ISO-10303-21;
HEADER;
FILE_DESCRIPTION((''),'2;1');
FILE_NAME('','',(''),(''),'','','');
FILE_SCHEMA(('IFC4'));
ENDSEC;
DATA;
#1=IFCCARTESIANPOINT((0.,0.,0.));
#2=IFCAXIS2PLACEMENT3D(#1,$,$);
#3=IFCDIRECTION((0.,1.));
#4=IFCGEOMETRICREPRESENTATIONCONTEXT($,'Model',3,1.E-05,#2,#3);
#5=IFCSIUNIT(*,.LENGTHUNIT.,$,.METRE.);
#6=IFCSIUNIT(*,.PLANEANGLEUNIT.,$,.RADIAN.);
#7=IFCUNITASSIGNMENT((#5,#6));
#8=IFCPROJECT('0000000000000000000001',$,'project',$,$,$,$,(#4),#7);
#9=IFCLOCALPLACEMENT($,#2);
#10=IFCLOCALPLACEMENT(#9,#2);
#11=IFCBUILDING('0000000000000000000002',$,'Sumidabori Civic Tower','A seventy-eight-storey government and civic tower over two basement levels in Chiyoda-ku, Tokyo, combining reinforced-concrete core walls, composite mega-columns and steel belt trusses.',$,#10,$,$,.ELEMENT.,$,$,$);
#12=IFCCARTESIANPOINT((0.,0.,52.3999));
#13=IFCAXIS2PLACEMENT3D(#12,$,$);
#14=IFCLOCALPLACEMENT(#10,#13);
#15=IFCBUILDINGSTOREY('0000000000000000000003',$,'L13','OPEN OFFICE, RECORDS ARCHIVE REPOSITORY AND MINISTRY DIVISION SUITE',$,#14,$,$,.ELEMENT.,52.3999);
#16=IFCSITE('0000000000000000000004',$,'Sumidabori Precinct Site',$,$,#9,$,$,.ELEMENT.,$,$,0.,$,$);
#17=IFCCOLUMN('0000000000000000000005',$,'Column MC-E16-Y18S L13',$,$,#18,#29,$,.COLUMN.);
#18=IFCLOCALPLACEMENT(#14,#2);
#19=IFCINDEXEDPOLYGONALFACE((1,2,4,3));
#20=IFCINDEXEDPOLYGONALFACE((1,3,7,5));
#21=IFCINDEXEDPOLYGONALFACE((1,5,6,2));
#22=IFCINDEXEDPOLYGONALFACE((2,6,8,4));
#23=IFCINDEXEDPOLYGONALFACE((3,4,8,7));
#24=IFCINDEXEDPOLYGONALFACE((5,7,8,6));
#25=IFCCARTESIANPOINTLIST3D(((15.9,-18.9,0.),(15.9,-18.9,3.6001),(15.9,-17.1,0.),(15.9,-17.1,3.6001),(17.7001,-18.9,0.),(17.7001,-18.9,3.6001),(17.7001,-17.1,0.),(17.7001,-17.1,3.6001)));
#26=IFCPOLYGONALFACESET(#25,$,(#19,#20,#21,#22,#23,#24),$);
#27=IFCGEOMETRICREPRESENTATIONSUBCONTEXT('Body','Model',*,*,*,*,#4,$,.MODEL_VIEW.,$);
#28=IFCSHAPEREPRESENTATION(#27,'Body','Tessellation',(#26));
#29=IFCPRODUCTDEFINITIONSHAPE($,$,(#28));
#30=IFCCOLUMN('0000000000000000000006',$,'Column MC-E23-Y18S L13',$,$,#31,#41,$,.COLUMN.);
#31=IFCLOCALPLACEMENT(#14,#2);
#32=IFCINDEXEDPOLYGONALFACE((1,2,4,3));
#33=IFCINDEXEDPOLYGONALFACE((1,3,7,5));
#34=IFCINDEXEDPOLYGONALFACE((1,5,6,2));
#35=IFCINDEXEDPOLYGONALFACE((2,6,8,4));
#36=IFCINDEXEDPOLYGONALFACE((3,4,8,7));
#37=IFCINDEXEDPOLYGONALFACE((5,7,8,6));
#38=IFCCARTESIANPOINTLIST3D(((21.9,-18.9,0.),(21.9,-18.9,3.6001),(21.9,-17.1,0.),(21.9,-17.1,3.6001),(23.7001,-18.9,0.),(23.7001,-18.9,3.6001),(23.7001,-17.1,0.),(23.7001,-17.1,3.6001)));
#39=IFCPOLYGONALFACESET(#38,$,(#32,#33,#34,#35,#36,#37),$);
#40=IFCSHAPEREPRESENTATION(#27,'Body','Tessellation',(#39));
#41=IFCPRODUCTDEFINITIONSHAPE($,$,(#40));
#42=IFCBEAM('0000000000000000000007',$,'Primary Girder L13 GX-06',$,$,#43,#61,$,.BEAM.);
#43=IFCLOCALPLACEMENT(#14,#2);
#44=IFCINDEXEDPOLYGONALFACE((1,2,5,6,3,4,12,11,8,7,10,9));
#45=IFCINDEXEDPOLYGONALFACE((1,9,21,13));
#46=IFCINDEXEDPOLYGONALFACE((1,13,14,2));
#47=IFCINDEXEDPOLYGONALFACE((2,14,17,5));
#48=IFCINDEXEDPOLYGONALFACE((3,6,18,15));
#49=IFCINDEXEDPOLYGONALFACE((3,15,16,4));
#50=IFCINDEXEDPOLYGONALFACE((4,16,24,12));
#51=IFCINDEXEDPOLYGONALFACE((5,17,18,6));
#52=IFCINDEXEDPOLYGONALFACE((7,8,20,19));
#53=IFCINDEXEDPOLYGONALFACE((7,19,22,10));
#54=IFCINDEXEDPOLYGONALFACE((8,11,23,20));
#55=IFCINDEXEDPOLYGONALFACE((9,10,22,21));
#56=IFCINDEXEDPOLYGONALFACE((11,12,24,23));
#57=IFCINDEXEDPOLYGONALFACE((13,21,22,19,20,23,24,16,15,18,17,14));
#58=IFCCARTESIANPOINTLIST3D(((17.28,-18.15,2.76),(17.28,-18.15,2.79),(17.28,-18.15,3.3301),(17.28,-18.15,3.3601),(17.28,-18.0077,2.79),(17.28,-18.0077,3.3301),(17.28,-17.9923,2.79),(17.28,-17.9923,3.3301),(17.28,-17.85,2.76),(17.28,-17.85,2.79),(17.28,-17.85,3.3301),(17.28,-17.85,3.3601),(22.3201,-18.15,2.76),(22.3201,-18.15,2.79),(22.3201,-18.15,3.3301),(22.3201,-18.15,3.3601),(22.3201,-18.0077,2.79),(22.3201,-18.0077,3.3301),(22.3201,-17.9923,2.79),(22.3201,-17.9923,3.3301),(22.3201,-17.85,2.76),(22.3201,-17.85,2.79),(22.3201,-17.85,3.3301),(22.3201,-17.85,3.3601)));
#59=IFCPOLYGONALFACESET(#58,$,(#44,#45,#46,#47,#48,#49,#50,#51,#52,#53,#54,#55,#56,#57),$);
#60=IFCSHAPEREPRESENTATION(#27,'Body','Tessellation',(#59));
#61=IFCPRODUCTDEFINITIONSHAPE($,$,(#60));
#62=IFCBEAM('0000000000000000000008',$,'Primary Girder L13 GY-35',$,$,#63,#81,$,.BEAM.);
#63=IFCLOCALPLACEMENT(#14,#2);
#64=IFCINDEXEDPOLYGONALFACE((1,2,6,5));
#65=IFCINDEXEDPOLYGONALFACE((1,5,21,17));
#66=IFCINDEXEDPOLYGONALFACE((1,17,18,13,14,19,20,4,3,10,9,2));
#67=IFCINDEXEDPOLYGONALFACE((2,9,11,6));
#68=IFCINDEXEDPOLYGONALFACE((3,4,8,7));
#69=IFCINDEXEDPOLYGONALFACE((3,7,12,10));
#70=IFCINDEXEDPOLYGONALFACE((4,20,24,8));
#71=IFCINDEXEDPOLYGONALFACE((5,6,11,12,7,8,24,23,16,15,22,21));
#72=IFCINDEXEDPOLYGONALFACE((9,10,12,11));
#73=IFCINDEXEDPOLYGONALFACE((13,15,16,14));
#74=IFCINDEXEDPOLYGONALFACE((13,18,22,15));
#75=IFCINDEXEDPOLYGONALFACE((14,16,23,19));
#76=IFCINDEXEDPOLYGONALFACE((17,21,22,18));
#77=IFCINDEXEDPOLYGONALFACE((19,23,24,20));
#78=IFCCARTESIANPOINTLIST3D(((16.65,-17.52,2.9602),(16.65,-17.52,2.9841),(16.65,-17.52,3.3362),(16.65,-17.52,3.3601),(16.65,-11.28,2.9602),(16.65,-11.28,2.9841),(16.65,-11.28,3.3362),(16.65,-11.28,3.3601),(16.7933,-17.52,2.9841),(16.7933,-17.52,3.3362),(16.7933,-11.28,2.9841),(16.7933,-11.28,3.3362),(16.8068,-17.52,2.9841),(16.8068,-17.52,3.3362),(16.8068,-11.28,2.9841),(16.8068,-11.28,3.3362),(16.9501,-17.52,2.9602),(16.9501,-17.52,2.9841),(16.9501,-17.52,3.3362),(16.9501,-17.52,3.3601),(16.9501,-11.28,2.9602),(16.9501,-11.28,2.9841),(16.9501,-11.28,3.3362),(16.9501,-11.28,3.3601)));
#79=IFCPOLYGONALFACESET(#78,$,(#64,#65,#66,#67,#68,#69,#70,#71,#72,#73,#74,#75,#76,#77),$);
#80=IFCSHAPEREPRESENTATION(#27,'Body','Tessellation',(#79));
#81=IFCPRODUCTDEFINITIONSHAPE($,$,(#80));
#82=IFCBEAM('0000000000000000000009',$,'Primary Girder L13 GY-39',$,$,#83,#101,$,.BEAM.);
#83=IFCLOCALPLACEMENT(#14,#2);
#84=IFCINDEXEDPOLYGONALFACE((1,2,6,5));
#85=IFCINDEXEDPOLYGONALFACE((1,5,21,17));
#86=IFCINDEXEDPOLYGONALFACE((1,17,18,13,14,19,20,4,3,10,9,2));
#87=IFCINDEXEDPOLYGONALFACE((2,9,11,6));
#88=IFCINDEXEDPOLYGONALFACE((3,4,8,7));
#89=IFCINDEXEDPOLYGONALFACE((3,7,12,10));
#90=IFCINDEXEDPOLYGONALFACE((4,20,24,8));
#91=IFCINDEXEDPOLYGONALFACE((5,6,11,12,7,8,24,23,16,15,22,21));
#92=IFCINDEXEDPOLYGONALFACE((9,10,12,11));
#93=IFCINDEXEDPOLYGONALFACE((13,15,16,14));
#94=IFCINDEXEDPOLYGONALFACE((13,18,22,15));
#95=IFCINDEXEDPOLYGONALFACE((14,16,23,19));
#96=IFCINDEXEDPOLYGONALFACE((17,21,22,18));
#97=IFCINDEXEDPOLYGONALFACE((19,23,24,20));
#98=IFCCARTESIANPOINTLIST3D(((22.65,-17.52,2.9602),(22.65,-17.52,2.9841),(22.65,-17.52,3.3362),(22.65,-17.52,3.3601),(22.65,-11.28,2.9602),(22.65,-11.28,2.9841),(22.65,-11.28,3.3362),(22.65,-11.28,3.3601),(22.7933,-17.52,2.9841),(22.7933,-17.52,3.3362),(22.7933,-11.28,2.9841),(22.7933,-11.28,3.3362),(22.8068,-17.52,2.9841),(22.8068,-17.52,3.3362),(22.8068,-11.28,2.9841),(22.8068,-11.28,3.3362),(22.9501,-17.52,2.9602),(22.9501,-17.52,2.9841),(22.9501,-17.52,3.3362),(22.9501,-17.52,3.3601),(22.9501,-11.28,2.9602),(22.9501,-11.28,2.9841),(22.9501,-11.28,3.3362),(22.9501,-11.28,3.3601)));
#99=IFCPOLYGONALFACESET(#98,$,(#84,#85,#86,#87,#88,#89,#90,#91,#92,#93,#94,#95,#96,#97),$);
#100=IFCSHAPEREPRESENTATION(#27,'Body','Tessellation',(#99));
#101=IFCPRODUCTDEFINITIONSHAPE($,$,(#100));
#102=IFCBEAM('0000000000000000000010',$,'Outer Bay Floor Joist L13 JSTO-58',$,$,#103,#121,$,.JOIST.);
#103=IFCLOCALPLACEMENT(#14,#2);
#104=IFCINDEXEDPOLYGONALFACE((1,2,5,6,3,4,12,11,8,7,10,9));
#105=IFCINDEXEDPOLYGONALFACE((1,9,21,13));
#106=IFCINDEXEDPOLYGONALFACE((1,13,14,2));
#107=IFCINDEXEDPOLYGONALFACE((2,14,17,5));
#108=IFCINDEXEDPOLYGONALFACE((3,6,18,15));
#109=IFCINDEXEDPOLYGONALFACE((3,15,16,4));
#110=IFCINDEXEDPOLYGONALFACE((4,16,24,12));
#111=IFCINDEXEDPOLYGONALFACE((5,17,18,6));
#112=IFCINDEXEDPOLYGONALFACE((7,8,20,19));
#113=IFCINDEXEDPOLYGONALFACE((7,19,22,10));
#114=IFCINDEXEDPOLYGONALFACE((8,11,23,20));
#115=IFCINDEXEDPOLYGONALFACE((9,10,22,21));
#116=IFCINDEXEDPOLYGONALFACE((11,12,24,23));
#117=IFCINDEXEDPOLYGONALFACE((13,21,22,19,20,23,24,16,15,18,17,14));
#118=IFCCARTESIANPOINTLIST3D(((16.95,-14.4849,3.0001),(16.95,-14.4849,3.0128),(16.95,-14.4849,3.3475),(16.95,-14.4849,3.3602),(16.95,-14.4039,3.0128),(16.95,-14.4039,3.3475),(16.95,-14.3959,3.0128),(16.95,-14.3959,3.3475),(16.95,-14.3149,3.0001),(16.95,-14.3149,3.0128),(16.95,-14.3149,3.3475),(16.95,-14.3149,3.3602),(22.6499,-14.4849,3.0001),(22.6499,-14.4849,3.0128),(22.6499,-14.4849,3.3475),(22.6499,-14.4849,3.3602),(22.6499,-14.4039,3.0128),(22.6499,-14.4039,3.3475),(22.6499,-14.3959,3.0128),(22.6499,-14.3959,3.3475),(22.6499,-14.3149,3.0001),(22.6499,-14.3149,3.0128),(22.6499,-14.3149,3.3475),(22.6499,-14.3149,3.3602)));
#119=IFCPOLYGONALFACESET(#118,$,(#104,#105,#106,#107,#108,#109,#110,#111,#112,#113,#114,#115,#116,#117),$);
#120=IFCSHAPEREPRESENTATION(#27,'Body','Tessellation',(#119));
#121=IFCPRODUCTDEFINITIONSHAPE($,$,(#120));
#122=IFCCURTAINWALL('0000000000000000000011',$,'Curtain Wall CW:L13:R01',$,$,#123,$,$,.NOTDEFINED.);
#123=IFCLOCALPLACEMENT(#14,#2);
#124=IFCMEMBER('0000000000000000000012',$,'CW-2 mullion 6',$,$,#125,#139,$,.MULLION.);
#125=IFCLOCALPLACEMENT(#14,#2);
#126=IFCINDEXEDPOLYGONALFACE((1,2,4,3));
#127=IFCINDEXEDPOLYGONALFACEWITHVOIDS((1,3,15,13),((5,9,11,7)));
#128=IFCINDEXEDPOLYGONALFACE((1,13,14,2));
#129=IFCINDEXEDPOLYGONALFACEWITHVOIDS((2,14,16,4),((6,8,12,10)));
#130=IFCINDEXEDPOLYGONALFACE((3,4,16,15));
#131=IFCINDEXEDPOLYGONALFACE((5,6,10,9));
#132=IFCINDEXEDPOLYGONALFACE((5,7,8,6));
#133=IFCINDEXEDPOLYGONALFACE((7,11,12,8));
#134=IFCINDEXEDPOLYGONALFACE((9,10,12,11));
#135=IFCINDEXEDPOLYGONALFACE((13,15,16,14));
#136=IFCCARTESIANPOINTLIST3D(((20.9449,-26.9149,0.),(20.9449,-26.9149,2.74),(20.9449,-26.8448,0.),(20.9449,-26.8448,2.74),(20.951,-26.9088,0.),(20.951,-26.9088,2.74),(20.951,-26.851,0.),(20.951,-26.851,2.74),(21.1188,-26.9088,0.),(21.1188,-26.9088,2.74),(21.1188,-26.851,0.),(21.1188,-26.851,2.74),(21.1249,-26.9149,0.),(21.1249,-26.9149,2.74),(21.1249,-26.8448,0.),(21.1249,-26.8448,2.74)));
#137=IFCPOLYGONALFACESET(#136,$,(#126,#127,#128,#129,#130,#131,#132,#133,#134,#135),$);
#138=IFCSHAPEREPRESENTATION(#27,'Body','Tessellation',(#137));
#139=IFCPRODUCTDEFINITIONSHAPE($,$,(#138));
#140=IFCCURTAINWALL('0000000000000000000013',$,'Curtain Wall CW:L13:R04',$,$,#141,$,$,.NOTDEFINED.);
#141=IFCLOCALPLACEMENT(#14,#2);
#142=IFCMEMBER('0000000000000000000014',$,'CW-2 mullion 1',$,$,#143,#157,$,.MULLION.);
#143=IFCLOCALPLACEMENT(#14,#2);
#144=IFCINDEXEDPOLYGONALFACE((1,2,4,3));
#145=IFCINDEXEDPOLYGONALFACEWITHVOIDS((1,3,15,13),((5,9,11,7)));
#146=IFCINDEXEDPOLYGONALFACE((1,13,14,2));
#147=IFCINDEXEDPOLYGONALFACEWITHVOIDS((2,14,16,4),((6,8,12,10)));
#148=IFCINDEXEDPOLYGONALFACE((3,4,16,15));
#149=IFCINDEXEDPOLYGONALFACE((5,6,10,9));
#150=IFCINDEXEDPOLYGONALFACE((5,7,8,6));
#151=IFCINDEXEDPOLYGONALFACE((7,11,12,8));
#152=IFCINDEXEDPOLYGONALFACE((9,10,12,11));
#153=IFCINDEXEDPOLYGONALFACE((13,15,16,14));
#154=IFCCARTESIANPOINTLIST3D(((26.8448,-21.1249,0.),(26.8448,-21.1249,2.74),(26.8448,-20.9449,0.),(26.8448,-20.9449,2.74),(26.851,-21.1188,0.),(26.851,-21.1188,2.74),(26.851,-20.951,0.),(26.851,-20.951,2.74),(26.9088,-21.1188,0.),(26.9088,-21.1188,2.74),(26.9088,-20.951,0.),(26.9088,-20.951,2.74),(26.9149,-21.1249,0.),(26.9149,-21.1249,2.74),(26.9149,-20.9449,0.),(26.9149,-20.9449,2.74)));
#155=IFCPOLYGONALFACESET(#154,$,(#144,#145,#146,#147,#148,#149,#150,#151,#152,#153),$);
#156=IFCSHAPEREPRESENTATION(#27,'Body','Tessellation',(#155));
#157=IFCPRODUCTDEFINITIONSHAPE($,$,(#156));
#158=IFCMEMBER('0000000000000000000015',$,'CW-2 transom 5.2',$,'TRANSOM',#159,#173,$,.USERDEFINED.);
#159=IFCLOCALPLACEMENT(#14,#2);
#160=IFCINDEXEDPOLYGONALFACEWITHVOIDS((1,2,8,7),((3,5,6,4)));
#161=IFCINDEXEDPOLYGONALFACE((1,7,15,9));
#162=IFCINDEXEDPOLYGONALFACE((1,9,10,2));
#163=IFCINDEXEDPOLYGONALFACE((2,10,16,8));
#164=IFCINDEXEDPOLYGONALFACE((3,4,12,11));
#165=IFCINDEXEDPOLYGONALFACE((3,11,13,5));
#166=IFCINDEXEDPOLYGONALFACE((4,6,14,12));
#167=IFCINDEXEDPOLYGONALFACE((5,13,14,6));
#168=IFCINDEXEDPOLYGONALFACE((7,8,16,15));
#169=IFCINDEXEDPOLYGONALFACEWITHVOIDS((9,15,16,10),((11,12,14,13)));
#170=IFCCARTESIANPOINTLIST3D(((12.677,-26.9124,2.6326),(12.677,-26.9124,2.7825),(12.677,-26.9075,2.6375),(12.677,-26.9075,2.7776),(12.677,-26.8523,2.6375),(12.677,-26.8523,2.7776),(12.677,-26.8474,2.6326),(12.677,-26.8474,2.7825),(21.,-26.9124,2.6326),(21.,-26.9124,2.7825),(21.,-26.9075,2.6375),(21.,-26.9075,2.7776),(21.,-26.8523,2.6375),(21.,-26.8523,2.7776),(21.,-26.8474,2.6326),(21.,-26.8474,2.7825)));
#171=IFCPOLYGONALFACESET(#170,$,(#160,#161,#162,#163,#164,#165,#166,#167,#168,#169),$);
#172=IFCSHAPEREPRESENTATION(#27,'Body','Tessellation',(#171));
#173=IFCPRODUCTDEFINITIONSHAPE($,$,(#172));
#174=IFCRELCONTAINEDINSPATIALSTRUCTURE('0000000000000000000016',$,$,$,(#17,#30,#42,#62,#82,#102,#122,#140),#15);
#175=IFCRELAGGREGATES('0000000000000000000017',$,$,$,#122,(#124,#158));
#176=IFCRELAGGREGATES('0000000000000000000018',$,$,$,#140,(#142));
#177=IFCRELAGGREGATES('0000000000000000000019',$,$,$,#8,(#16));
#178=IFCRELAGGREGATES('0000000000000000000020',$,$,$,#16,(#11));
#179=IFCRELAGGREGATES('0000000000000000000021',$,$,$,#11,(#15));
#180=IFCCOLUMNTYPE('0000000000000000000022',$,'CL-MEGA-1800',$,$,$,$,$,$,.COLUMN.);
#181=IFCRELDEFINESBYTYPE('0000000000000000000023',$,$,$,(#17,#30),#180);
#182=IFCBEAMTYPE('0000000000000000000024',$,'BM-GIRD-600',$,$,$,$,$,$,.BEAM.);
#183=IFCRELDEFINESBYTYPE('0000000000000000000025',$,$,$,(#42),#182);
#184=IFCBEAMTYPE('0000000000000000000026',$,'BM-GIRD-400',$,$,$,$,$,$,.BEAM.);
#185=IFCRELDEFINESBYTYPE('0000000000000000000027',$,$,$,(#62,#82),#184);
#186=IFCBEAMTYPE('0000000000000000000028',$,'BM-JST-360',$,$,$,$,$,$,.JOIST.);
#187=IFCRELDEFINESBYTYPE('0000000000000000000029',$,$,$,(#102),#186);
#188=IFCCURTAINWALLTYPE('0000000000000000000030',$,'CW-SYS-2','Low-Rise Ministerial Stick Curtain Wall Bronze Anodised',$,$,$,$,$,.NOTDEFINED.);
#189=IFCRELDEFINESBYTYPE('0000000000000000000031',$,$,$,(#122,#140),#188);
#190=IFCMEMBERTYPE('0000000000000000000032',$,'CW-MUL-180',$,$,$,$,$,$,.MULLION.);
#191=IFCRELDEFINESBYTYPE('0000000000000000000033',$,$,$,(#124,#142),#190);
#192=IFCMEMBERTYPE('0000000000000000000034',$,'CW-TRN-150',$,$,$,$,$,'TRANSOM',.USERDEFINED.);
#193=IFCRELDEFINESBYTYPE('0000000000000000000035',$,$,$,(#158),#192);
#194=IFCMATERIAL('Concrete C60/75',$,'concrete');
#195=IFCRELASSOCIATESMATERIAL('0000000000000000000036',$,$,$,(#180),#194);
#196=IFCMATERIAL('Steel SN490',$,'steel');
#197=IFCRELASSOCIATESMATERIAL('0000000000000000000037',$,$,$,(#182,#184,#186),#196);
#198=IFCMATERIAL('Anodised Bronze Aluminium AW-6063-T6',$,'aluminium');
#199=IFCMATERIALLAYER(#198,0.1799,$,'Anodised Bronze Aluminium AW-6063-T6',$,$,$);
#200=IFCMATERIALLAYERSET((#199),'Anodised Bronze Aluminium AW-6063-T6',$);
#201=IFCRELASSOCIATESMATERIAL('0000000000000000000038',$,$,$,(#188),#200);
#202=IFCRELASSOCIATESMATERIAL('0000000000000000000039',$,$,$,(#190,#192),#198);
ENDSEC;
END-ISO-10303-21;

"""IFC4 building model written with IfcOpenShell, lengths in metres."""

from ifc_helpers import new_model, si_unit, direction, frame, origin, origin_2d, place, context, subcontext, project, spatial, rectangle, hollow_rectangle, i_section, extrude, source, transform, mapped, material, layer, layer_set, material_profile, profile_set, type_object, element, aggregate, save


model = new_model("IFC4")

# Units and contexts
model_context = context("Model", 3, precision=1e-05, world=origin(), true_north=direction((0.0, 1.0)))
body_context = subcontext(model_context, "Body", "Model", "MODEL_VIEW")
ifc_project = project(units=[si_unit("LENGTHUNIT", "METRE"), si_unit("PLANEANGLEUNIT", "RADIAN")], contexts=[model_context])

# Site, building, storey
site_placement = place(None, origin())
site = spatial("IfcSite", under=ifc_project, at=site_placement, Name="Sumidabori Precinct Site", CompositionType="ELEMENT", RefElevation=0.0)
building_placement = place(site_placement, origin())
building = spatial("IfcBuilding", under=site, at=building_placement, Name="Sumidabori Civic Tower", Description="A seventy-eight-storey government and civic tower over two basement levels in Chiyoda-ku, Tokyo, combining reinforced-concrete core walls, composite mega-columns and steel belt trusses.", CompositionType="ELEMENT")
storey_placement = place(building_placement, frame((0.0, 0.0, 52.3999)))
storey = spatial("IfcBuildingStorey", under=building, at=storey_placement, Name="L13", Description="OPEN OFFICE, RECORDS ARCHIVE REPOSITORY AND MINISTRY DIVISION SUITE", CompositionType="ELEMENT", Elevation=52.3999)

# Columns
ifc_material_1 = material(Name="Concrete C60/75", Category="concrete")
ifc_material_profile_1 = material_profile(ifc_material_1, rectangle(XDim=1.8, YDim=1.8, at=origin_2d()), Name="RC 1800x1800")
ifc_profile_set_1 = profile_set([ifc_material_profile_1], Name="Concrete C60/75")
column_type = type_object("IfcColumnType", Name="CL-MEGA-1800", PredefinedType="COLUMN", material=ifc_profile_set_1)
shared_shape_1 = source(origin(), body_context, "Body", "SweptSolid", [
    extrude(rectangle(XDim=1.8, YDim=1.8, at=origin_2d()), origin(), (0.0, 0.0, 1.0), 3.6001),
])
for number, where, z_axis, x_axis, name in (
    (1, (16.8, -18.0, 0.0), (0.0, 0.0, 1.0), (1.0, 0.0, 0.0), "Column MC-E16-Y18S L13"),
    (2, (22.8, -18.0, 0.0), (0.0, 0.0, 1.0), (1.0, 0.0, 0.0), "Column MC-E23-Y18S L13"),
):
    element("IfcColumn", number, at=place(storey_placement, frame(where, z_axis=z_axis, x_axis=x_axis)), inside=storey, type_object=column_type, Name=name, PredefinedType="COLUMN", context=body_context, shape_type="MappedRepresentation", body=[
        mapped(shared_shape_1, transform((0.0, 0.0, 0.0), x_axis=(1.0, 0.0, 0.0), y_axis=(0.0, 1.0, 0.0), z_axis=(0.0, 0.0, 1.0), scale=1.0)),
    ])

# Beams
ifc_material_2 = material(Name="Steel SN490", Category="steel")
ifc_material_profile_2 = material_profile(ifc_material_2, i_section(OverallWidth=0.3, OverallDepth=0.6001, WebThickness=0.0154, FlangeThickness=0.03, at=origin_2d()), Name="HE 600 B")
ifc_profile_set_2 = profile_set([ifc_material_profile_2], Name="Steel SN490")
beam_type_1 = type_object("IfcBeamType", Name="BM-GIRD-600", PredefinedType="BEAM", material=ifc_profile_set_2)
shared_shape_2 = source(origin(), body_context, "Body", "SweptSolid", [
    extrude(i_section(OverallWidth=0.3, OverallDepth=0.6001, WebThickness=0.0154, FlangeThickness=0.03, at=origin_2d()), origin(), (0.0, 0.0, 1.0), 5.04),
])
beam_1_placement = place(storey_placement, frame((17.28, -18.0, 3.0601), z_axis=(1.0, 0.0, 0.0), x_axis=(0.0, 1.0, 0.0)))
element("IfcBeam", 3, at=beam_1_placement, inside=storey, type_object=beam_type_1, Name="Primary Girder L13 GX-06", PredefinedType="BEAM", context=body_context, shape_type="MappedRepresentation", body=[
    mapped(shared_shape_2, transform((0.0, 0.0, 0.0), x_axis=(1.0, 0.0, 0.0), y_axis=(0.0, 1.0, 0.0), z_axis=(0.0, 0.0, 1.0), scale=1.0)),
])
ifc_material_profile_3 = material_profile(ifc_material_2, i_section(OverallWidth=0.3, OverallDepth=0.3999, WebThickness=0.0134, FlangeThickness=0.0239, at=origin_2d()), Name="HE 400 B")
ifc_profile_set_3 = profile_set([ifc_material_profile_3], Name="Steel SN490")
beam_type_2 = type_object("IfcBeamType", Name="BM-GIRD-400", PredefinedType="BEAM", material=ifc_profile_set_3)
shared_shape_3 = source(origin(), body_context, "Body", "SweptSolid", [
    extrude(i_section(OverallWidth=0.3, OverallDepth=0.3999, WebThickness=0.0134, FlangeThickness=0.0239, at=origin_2d()), origin(), (0.0, 0.0, 1.0), 6.24),
])
for number, where, z_axis, x_axis, name in (
    (4, (16.8, -17.52, 3.1602), (0.0, 1.0, 0.0), (-1.0, 0.0, 0.0), "Primary Girder L13 GY-35"),
    (5, (22.8, -17.52, 3.1602), (0.0, 1.0, 0.0), (-1.0, 0.0, 0.0), "Primary Girder L13 GY-39"),
):
    element("IfcBeam", number, at=place(storey_placement, frame(where, z_axis=z_axis, x_axis=x_axis)), inside=storey, type_object=beam_type_2, Name=name, PredefinedType="BEAM", context=body_context, shape_type="MappedRepresentation", body=[
        mapped(shared_shape_3, transform((0.0, 0.0, 0.0), x_axis=(1.0, 0.0, 0.0), y_axis=(0.0, 1.0, 0.0), z_axis=(0.0, 0.0, 1.0), scale=1.0)),
    ])
ifc_material_profile_4 = material_profile(ifc_material_2, i_section(OverallWidth=0.1699, OverallDepth=0.3601, WebThickness=0.0081, FlangeThickness=0.0127, at=origin_2d()), Name="IPE 360")
ifc_profile_set_4 = profile_set([ifc_material_profile_4], Name="Steel SN490")
beam_type_3 = type_object("IfcBeamType", Name="BM-JST-360", PredefinedType="JOIST", material=ifc_profile_set_4)
shared_shape_4 = source(origin(), body_context, "Body", "SweptSolid", [
    extrude(i_section(OverallWidth=0.1699, OverallDepth=0.3601, WebThickness=0.0081, FlangeThickness=0.0127, at=origin_2d()), origin(), (0.0, 0.0, 1.0), 5.7),
])
beam_2_placement = place(storey_placement, frame((16.95, -14.3999, 3.1802), z_axis=(1.0, 0.0, 0.0), x_axis=(0.0, 1.0, 0.0)))
element("IfcBeam", 6, at=beam_2_placement, inside=storey, type_object=beam_type_3, Name="Outer Bay Floor Joist L13 JSTO-58", PredefinedType="JOIST", context=body_context, shape_type="MappedRepresentation", body=[
    mapped(shared_shape_4, transform((0.0, 0.0, 0.0), x_axis=(1.0, 0.0, 0.0), y_axis=(0.0, 1.0, 0.0), z_axis=(0.0, 0.0, 1.0), scale=1.0)),
])

# Curtain walls, members
ifc_material_3 = material(Name="Anodised Bronze Aluminium AW-6063-T6", Category="aluminium")
ifc_layer_1 = layer(ifc_material_3, 0.1799, Name="Anodised Bronze Aluminium AW-6063-T6")
ifc_layer_set_1 = layer_set([ifc_layer_1], Name="Anodised Bronze Aluminium AW-6063-T6")
curtain_wall_type = type_object("IfcCurtainWallType", Name="CW-SYS-2", Description="Low-Rise Ministerial Stick Curtain Wall Bronze Anodised", PredefinedType="NOTDEFINED", material=ifc_layer_set_1)
curtain_wall_1_placement = place(storey_placement, origin())
curtain_wall_1 = element("IfcCurtainWall", 7, at=curtain_wall_1_placement, inside=storey, type_object=curtain_wall_type, Name="Curtain Wall CW:L13:R01", PredefinedType="NOTDEFINED")
ifc_material_profile_5 = material_profile(ifc_material_3, hollow_rectangle(XDim=0.0701, YDim=0.1799, WallThickness=0.0061, at=origin_2d()), Name="ALU MULLION 180x70")
ifc_profile_set_5 = profile_set([ifc_material_profile_5], Name="Anodised Bronze Aluminium AW-6063-T6")
member_type_1 = type_object("IfcMemberType", Name="CW-MUL-180", PredefinedType="MULLION", material=ifc_profile_set_5)
shared_shape_5 = source(origin(), body_context, "Body", "SweptSolid", [
    extrude(hollow_rectangle(XDim=0.0701, YDim=0.1799, WallThickness=0.0061, at=origin_2d()), origin(), (0.0, 0.0, 1.0), 2.74),
])
member_1_placement = place(storey_placement, frame((21.0349, -26.8799, 0.0), z_axis=(0.0, 0.0, 1.0), x_axis=(0.0, 1.0, 0.0)))
member_1 = element("IfcMember", 8, at=member_1_placement, type_object=member_type_1, Name="CW-2 mullion 6", PredefinedType="MULLION", context=body_context, shape_type="MappedRepresentation", body=[
    mapped(shared_shape_5, transform((0.0, 0.0, 0.0), x_axis=(1.0, 0.0, 0.0), y_axis=(0.0, 1.0, 0.0), z_axis=(0.0, 0.0, 1.0), scale=1.0)),
])
curtain_wall_2_placement = place(storey_placement, origin())
curtain_wall_2 = element("IfcCurtainWall", 9, at=curtain_wall_2_placement, inside=storey, type_object=curtain_wall_type, Name="Curtain Wall CW:L13:R04", PredefinedType="NOTDEFINED")
member_2_placement = place(storey_placement, frame((26.8799, -21.0349, 0.0), z_axis=(0.0, 0.0, 1.0), x_axis=(-1.0, 0.0, 0.0)))
member_2 = element("IfcMember", 10, at=member_2_placement, type_object=member_type_1, Name="CW-2 mullion 1", PredefinedType="MULLION", context=body_context, shape_type="MappedRepresentation", body=[
    mapped(shared_shape_5, transform((0.0, 0.0, 0.0), x_axis=(1.0, 0.0, 0.0), y_axis=(0.0, 1.0, 0.0), z_axis=(0.0, 0.0, 1.0), scale=1.0)),
])

# Member
ifc_material_profile_6 = material_profile(ifc_material_3, hollow_rectangle(XDim=0.0649, YDim=0.1499, WallThickness=0.0049, at=origin_2d()), Name="ALU TRANSOM 150x65")
ifc_profile_set_6 = profile_set([ifc_material_profile_6], Name="Anodised Bronze Aluminium AW-6063-T6")
member_type_2 = type_object("IfcMemberType", Name="CW-TRN-150", ElementType="TRANSOM", PredefinedType="USERDEFINED", material=ifc_profile_set_6)
shared_shape_6 = source(origin(), body_context, "Body", "SweptSolid", [
    extrude(hollow_rectangle(XDim=0.0649, YDim=0.1499, WallThickness=0.0049, at=origin_2d()), origin(), (0.0, 0.0, 1.0), 8.323),
])
member_3_placement = place(storey_placement, frame((12.677, -26.8799, 2.7075), z_axis=(1.0, 0.0, 0.0), x_axis=(0.0, 1.0, 0.0)))
member_3 = element("IfcMember", 11, at=member_3_placement, type_object=member_type_2, Name="CW-2 transom 5.2", ObjectType="TRANSOM", PredefinedType="USERDEFINED", context=body_context, shape_type="MappedRepresentation", body=[
    mapped(shared_shape_6, transform((0.0, 0.0, 0.0), x_axis=(1.0, 0.0, 0.0), y_axis=(0.0, 1.0, 0.0), z_axis=(0.0, 0.0, 1.0), scale=1.0)),
])

aggregate(curtain_wall_1, [member_1, member_3])
aggregate(curtain_wall_2, [member_2])

save(model, "model.ifc")
